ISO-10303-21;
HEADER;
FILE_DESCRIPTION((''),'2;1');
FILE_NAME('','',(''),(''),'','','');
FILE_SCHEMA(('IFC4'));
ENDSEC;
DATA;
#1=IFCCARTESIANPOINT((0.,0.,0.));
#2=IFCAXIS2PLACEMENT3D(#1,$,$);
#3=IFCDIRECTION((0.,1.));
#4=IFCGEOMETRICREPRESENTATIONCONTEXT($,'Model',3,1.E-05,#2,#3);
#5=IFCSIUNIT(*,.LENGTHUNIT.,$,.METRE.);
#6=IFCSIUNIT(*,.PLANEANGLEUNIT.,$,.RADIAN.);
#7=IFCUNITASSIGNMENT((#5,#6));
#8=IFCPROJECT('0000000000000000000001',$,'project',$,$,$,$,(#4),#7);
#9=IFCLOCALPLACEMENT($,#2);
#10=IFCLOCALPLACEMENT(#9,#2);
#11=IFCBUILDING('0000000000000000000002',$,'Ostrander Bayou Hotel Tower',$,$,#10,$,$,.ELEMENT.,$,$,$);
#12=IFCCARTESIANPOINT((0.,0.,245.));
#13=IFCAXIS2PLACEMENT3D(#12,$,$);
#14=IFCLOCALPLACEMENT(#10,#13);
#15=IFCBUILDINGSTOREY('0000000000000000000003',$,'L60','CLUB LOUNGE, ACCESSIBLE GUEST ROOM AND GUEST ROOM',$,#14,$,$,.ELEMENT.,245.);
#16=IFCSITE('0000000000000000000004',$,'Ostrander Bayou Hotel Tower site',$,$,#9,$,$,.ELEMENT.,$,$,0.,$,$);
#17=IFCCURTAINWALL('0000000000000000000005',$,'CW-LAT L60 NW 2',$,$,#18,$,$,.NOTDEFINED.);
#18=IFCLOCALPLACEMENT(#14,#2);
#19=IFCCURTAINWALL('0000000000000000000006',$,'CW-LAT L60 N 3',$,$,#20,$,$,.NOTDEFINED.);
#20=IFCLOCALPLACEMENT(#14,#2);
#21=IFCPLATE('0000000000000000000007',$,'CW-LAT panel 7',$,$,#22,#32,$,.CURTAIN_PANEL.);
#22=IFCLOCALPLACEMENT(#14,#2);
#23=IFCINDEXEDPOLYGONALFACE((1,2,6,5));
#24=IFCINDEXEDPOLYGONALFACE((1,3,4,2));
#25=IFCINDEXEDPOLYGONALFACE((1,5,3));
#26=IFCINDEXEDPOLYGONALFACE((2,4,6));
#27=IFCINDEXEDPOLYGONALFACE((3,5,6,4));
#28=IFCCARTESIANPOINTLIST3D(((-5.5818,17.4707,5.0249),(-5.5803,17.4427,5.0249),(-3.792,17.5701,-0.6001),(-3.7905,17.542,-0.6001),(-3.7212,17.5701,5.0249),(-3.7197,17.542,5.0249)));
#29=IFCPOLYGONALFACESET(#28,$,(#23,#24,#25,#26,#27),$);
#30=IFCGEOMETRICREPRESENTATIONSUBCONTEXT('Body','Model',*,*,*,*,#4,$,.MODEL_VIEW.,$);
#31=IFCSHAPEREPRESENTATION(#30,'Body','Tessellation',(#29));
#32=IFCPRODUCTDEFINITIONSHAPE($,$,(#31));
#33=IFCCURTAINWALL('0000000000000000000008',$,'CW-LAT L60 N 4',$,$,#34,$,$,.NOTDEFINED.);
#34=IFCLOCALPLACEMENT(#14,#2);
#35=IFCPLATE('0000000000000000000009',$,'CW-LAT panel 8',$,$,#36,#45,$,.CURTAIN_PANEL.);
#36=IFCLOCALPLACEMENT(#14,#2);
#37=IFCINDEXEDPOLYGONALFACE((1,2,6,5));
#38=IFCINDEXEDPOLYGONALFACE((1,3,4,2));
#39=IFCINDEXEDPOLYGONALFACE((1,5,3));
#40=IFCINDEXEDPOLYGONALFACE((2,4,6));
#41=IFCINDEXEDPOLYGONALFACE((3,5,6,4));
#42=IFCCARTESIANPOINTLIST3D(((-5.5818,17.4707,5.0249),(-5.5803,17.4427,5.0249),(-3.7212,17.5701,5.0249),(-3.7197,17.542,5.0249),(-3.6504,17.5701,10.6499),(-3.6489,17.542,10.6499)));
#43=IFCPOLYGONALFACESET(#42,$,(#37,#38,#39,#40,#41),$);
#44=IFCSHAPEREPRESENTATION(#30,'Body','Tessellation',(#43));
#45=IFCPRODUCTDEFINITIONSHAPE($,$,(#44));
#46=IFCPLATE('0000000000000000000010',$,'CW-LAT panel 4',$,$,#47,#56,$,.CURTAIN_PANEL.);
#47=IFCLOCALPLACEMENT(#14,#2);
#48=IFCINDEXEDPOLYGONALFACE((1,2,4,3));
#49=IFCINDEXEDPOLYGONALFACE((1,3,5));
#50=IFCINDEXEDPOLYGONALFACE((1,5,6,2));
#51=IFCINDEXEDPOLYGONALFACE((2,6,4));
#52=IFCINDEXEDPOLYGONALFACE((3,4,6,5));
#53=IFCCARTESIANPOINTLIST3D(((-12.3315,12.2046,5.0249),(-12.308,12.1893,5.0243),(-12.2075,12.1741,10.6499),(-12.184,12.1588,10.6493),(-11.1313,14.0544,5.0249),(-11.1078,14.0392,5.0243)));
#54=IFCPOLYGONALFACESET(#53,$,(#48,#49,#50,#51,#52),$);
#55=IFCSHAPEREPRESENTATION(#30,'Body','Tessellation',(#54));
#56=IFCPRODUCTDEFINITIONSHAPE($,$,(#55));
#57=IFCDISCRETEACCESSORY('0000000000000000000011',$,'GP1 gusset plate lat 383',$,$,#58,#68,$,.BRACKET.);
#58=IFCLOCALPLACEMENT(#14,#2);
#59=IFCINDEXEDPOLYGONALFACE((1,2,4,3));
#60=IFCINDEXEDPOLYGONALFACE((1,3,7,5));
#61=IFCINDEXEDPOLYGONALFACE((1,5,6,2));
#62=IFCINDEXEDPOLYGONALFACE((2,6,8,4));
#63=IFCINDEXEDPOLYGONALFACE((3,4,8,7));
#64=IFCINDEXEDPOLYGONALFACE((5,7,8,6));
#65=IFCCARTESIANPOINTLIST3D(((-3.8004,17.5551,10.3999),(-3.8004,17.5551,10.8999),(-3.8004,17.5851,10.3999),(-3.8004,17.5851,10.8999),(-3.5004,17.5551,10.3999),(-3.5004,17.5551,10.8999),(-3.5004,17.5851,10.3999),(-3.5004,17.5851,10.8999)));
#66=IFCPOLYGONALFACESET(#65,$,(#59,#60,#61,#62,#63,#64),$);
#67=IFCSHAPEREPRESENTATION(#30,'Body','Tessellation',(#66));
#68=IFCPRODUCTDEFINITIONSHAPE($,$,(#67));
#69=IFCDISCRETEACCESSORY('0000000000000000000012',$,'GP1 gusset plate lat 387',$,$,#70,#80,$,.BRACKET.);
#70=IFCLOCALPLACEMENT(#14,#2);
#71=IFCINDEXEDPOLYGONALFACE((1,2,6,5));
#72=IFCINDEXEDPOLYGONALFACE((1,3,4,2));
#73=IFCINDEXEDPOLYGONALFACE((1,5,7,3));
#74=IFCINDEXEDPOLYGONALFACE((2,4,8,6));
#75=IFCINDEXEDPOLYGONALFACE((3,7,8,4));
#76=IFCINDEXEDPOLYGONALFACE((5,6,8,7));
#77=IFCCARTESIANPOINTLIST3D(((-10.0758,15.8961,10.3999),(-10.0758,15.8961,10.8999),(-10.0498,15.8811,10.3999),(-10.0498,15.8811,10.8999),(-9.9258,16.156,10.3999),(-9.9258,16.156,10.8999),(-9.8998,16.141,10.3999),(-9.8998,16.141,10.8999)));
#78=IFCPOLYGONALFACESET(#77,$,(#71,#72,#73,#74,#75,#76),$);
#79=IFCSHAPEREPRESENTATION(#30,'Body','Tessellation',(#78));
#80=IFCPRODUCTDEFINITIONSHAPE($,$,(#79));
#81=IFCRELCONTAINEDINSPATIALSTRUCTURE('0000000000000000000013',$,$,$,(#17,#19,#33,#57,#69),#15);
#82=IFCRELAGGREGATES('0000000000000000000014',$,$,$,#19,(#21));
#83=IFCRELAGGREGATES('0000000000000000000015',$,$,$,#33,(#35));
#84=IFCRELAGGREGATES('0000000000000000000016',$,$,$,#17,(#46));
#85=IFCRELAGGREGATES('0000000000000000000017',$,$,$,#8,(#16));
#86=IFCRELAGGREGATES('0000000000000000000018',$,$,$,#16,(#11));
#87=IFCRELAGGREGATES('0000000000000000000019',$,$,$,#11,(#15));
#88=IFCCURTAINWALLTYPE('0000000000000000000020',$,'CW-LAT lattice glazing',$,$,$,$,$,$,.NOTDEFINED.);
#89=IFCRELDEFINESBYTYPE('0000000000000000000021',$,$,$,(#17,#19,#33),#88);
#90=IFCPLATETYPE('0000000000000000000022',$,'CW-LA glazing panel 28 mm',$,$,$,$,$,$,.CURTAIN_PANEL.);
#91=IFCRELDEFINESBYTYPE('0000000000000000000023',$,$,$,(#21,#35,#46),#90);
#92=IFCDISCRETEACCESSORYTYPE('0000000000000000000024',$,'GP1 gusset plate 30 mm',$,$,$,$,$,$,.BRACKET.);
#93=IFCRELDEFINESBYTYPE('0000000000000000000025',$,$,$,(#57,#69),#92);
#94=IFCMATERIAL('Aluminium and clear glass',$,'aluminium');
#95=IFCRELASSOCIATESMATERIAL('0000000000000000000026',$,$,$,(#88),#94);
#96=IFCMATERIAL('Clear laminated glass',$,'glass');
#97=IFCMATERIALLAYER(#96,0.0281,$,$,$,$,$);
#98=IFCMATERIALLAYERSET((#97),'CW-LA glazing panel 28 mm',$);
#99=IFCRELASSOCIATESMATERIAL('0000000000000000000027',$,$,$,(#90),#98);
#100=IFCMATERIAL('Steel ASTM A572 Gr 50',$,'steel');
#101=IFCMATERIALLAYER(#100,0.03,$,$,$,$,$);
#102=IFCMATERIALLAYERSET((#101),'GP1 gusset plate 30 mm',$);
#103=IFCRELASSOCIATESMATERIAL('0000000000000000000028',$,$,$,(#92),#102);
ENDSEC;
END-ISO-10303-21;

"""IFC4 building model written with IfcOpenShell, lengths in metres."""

from ifc_helpers import new_model, si_unit, direction, frame, origin, origin_2d, place, context, subcontext, project, spatial, polyline, rectangle, outline, extrude, material, layer, layer_set, type_object, element, aggregate, save


model = new_model("IFC4")

# Units and contexts
model_context = context("Model", 3, precision=1e-05, world=origin(), true_north=direction((0.0, 1.0)))
body_context = subcontext(model_context, "Body", "Model", "MODEL_VIEW")
ifc_project = project(units=[si_unit("LENGTHUNIT", "METRE"), si_unit("PLANEANGLEUNIT", "RADIAN")], contexts=[model_context])

# Site, building, storey
site_placement = place(None, origin())
site = spatial("IfcSite", under=ifc_project, at=site_placement, Name="Ostrander Bayou Hotel Tower site", CompositionType="ELEMENT", RefElevation=0.0)
building_placement = place(site_placement, origin())
building = spatial("IfcBuilding", under=site, at=building_placement, Name="Ostrander Bayou Hotel Tower", CompositionType="ELEMENT")
storey_placement = place(building_placement, frame((0.0, 0.0, 245.0)))
storey = spatial("IfcBuildingStorey", under=building, at=storey_placement, Name="L60", Description="CLUB LOUNGE, ACCESSIBLE GUEST ROOM AND GUEST ROOM", CompositionType="ELEMENT", Elevation=245.0)

# Shared definitions
ifc_material_1 = material(Name="Aluminium and clear glass", Category="aluminium")
curtain_wall_type = type_object("IfcCurtainWallType", Name="CW-LAT lattice glazing", PredefinedType="NOTDEFINED", material=ifc_material_1)

# Curtain wall
curtain_wall_1_placement = place(storey_placement, origin())
curtain_wall_1 = element("IfcCurtainWall", 1, at=curtain_wall_1_placement, inside=storey, type_object=curtain_wall_type, Name="CW-LAT L60 NW 2", PredefinedType="NOTDEFINED")

# Shared definitions
ifc_material_2 = material(Name="Clear laminated glass", Category="glass")
ifc_layer_1 = layer(ifc_material_2, 0.0281)
ifc_layer_set_1 = layer_set([ifc_layer_1], Name="CW-LA glazing panel 28 mm")
plate_type = type_object("IfcPlateType", Name="CW-LA glazing panel 28 mm", PredefinedType="CURTAIN_PANEL", material=ifc_layer_set_1)

# Curtain walls, plates
curtain_wall_2_placement = place(storey_placement, origin())
curtain_wall_2 = element("IfcCurtainWall", 2, at=curtain_wall_2_placement, inside=storey, type_object=curtain_wall_type, Name="CW-LAT L60 N 3", PredefinedType="NOTDEFINED")
plate_1_placement = place(storey_placement, frame((-5.5818, 17.4707, 5.0249), z_axis=(-0.053329, 0.998577, 0.000671), x_axis=(0.303164, 0.016831, -0.95279)))
plate_1 = element("IfcPlate", 3, at=plate_1_placement, type_object=plate_type, Name="CW-LAT panel 7", PredefinedType="CURTAIN_PANEL", context=body_context, shape_type="SweptSolid", body=[
    extrude(outline(polyline([(0.0, 0.0), (5.9037, 0.0), (0.5657, -1.7753), (0.0, 0.0)])), origin(), (0.0, 0.0, -1.0), 0.0281),
])
aggregate(curtain_wall_2, [plate_1])
curtain_wall_3_placement = place(storey_placement, origin())
curtain_wall_3 = element("IfcCurtainWall", 4, at=curtain_wall_3_placement, inside=storey, type_object=curtain_wall_type, Name="CW-LAT L60 N 4", PredefinedType="NOTDEFINED")
plate_2_placement = place(storey_placement, frame((-5.5818, 17.4707, 5.0249), z_axis=(-0.053329, 0.998577, 0.000671), x_axis=(0.324704, 0.016705, 0.945668)))
plate_2 = element("IfcPlate", 5, at=plate_2_placement, type_object=plate_type, Name="CW-LAT panel 8", PredefinedType="CURTAIN_PANEL", context=body_context, shape_type="SweptSolid", body=[
    extrude(outline(polyline([(0.0, 0.0), (5.9482, 0.0), (0.6058, 1.762), (0.0, 0.0)])), origin(), (0.0, 0.0, -1.0), 0.0281),
])
aggregate(curtain_wall_3, [plate_2])

# Plate
plate_3_placement = place(storey_placement, frame((-11.1313, 14.0544, 5.0249), z_axis=(-0.838708, 0.544159, 0.021445), x_axis=(-0.178534, -0.311949, 0.933174)))
plate_3 = element("IfcPlate", 6, at=plate_3_placement, type_object=plate_type, Name="CW-LAT panel 4", PredefinedType="CURTAIN_PANEL", context=body_context, shape_type="SweptSolid", body=[
    extrude(outline(polyline([(0.0, 0.0), (6.0278, 0.0), (0.7913, -2.0582), (0.0, 0.0)])), origin(), (0.0, 0.0, -1.0), 0.0281),
])
aggregate(curtain_wall_1, [plate_3])

# Discrete accessories
ifc_material_3 = material(Name="Steel ASTM A572 Gr 50", Category="steel")
ifc_layer_2 = layer(ifc_material_3, 0.03)
ifc_layer_set_2 = layer_set([ifc_layer_2], Name="GP1 gusset plate 30 mm")
discrete_accessory_type = type_object("IfcDiscreteAccessoryType", Name="GP1 gusset plate 30 mm", PredefinedType="BRACKET", material=ifc_layer_set_2)
for number, where, z_axis, x_axis, name in (
    (7, (-3.6504, 17.5701, 10.3999), (0.0, 0.0, 1.0), (-1.0, 0.0, 0.0), "GP1 gusset plate lat 383"),
    (8, (-9.9878, 16.0186, 10.3999), (0.0, 0.0, 1.0), (-0.5, -0.866025, 0.0), "GP1 gusset plate lat 387"),
):
    element("IfcDiscreteAccessory", number, at=place(storey_placement, frame(where, z_axis=z_axis, x_axis=x_axis)), inside=storey, type_object=discrete_accessory_type, Name=name, PredefinedType="BRACKET", context=body_context, shape_type="SweptSolid", body=[
        extrude(rectangle(XDim=0.3, YDim=0.03, at=origin_2d()), origin(), (0.0, 0.0, 1.0), 0.5),
    ])

save(model, "model.ifc")
